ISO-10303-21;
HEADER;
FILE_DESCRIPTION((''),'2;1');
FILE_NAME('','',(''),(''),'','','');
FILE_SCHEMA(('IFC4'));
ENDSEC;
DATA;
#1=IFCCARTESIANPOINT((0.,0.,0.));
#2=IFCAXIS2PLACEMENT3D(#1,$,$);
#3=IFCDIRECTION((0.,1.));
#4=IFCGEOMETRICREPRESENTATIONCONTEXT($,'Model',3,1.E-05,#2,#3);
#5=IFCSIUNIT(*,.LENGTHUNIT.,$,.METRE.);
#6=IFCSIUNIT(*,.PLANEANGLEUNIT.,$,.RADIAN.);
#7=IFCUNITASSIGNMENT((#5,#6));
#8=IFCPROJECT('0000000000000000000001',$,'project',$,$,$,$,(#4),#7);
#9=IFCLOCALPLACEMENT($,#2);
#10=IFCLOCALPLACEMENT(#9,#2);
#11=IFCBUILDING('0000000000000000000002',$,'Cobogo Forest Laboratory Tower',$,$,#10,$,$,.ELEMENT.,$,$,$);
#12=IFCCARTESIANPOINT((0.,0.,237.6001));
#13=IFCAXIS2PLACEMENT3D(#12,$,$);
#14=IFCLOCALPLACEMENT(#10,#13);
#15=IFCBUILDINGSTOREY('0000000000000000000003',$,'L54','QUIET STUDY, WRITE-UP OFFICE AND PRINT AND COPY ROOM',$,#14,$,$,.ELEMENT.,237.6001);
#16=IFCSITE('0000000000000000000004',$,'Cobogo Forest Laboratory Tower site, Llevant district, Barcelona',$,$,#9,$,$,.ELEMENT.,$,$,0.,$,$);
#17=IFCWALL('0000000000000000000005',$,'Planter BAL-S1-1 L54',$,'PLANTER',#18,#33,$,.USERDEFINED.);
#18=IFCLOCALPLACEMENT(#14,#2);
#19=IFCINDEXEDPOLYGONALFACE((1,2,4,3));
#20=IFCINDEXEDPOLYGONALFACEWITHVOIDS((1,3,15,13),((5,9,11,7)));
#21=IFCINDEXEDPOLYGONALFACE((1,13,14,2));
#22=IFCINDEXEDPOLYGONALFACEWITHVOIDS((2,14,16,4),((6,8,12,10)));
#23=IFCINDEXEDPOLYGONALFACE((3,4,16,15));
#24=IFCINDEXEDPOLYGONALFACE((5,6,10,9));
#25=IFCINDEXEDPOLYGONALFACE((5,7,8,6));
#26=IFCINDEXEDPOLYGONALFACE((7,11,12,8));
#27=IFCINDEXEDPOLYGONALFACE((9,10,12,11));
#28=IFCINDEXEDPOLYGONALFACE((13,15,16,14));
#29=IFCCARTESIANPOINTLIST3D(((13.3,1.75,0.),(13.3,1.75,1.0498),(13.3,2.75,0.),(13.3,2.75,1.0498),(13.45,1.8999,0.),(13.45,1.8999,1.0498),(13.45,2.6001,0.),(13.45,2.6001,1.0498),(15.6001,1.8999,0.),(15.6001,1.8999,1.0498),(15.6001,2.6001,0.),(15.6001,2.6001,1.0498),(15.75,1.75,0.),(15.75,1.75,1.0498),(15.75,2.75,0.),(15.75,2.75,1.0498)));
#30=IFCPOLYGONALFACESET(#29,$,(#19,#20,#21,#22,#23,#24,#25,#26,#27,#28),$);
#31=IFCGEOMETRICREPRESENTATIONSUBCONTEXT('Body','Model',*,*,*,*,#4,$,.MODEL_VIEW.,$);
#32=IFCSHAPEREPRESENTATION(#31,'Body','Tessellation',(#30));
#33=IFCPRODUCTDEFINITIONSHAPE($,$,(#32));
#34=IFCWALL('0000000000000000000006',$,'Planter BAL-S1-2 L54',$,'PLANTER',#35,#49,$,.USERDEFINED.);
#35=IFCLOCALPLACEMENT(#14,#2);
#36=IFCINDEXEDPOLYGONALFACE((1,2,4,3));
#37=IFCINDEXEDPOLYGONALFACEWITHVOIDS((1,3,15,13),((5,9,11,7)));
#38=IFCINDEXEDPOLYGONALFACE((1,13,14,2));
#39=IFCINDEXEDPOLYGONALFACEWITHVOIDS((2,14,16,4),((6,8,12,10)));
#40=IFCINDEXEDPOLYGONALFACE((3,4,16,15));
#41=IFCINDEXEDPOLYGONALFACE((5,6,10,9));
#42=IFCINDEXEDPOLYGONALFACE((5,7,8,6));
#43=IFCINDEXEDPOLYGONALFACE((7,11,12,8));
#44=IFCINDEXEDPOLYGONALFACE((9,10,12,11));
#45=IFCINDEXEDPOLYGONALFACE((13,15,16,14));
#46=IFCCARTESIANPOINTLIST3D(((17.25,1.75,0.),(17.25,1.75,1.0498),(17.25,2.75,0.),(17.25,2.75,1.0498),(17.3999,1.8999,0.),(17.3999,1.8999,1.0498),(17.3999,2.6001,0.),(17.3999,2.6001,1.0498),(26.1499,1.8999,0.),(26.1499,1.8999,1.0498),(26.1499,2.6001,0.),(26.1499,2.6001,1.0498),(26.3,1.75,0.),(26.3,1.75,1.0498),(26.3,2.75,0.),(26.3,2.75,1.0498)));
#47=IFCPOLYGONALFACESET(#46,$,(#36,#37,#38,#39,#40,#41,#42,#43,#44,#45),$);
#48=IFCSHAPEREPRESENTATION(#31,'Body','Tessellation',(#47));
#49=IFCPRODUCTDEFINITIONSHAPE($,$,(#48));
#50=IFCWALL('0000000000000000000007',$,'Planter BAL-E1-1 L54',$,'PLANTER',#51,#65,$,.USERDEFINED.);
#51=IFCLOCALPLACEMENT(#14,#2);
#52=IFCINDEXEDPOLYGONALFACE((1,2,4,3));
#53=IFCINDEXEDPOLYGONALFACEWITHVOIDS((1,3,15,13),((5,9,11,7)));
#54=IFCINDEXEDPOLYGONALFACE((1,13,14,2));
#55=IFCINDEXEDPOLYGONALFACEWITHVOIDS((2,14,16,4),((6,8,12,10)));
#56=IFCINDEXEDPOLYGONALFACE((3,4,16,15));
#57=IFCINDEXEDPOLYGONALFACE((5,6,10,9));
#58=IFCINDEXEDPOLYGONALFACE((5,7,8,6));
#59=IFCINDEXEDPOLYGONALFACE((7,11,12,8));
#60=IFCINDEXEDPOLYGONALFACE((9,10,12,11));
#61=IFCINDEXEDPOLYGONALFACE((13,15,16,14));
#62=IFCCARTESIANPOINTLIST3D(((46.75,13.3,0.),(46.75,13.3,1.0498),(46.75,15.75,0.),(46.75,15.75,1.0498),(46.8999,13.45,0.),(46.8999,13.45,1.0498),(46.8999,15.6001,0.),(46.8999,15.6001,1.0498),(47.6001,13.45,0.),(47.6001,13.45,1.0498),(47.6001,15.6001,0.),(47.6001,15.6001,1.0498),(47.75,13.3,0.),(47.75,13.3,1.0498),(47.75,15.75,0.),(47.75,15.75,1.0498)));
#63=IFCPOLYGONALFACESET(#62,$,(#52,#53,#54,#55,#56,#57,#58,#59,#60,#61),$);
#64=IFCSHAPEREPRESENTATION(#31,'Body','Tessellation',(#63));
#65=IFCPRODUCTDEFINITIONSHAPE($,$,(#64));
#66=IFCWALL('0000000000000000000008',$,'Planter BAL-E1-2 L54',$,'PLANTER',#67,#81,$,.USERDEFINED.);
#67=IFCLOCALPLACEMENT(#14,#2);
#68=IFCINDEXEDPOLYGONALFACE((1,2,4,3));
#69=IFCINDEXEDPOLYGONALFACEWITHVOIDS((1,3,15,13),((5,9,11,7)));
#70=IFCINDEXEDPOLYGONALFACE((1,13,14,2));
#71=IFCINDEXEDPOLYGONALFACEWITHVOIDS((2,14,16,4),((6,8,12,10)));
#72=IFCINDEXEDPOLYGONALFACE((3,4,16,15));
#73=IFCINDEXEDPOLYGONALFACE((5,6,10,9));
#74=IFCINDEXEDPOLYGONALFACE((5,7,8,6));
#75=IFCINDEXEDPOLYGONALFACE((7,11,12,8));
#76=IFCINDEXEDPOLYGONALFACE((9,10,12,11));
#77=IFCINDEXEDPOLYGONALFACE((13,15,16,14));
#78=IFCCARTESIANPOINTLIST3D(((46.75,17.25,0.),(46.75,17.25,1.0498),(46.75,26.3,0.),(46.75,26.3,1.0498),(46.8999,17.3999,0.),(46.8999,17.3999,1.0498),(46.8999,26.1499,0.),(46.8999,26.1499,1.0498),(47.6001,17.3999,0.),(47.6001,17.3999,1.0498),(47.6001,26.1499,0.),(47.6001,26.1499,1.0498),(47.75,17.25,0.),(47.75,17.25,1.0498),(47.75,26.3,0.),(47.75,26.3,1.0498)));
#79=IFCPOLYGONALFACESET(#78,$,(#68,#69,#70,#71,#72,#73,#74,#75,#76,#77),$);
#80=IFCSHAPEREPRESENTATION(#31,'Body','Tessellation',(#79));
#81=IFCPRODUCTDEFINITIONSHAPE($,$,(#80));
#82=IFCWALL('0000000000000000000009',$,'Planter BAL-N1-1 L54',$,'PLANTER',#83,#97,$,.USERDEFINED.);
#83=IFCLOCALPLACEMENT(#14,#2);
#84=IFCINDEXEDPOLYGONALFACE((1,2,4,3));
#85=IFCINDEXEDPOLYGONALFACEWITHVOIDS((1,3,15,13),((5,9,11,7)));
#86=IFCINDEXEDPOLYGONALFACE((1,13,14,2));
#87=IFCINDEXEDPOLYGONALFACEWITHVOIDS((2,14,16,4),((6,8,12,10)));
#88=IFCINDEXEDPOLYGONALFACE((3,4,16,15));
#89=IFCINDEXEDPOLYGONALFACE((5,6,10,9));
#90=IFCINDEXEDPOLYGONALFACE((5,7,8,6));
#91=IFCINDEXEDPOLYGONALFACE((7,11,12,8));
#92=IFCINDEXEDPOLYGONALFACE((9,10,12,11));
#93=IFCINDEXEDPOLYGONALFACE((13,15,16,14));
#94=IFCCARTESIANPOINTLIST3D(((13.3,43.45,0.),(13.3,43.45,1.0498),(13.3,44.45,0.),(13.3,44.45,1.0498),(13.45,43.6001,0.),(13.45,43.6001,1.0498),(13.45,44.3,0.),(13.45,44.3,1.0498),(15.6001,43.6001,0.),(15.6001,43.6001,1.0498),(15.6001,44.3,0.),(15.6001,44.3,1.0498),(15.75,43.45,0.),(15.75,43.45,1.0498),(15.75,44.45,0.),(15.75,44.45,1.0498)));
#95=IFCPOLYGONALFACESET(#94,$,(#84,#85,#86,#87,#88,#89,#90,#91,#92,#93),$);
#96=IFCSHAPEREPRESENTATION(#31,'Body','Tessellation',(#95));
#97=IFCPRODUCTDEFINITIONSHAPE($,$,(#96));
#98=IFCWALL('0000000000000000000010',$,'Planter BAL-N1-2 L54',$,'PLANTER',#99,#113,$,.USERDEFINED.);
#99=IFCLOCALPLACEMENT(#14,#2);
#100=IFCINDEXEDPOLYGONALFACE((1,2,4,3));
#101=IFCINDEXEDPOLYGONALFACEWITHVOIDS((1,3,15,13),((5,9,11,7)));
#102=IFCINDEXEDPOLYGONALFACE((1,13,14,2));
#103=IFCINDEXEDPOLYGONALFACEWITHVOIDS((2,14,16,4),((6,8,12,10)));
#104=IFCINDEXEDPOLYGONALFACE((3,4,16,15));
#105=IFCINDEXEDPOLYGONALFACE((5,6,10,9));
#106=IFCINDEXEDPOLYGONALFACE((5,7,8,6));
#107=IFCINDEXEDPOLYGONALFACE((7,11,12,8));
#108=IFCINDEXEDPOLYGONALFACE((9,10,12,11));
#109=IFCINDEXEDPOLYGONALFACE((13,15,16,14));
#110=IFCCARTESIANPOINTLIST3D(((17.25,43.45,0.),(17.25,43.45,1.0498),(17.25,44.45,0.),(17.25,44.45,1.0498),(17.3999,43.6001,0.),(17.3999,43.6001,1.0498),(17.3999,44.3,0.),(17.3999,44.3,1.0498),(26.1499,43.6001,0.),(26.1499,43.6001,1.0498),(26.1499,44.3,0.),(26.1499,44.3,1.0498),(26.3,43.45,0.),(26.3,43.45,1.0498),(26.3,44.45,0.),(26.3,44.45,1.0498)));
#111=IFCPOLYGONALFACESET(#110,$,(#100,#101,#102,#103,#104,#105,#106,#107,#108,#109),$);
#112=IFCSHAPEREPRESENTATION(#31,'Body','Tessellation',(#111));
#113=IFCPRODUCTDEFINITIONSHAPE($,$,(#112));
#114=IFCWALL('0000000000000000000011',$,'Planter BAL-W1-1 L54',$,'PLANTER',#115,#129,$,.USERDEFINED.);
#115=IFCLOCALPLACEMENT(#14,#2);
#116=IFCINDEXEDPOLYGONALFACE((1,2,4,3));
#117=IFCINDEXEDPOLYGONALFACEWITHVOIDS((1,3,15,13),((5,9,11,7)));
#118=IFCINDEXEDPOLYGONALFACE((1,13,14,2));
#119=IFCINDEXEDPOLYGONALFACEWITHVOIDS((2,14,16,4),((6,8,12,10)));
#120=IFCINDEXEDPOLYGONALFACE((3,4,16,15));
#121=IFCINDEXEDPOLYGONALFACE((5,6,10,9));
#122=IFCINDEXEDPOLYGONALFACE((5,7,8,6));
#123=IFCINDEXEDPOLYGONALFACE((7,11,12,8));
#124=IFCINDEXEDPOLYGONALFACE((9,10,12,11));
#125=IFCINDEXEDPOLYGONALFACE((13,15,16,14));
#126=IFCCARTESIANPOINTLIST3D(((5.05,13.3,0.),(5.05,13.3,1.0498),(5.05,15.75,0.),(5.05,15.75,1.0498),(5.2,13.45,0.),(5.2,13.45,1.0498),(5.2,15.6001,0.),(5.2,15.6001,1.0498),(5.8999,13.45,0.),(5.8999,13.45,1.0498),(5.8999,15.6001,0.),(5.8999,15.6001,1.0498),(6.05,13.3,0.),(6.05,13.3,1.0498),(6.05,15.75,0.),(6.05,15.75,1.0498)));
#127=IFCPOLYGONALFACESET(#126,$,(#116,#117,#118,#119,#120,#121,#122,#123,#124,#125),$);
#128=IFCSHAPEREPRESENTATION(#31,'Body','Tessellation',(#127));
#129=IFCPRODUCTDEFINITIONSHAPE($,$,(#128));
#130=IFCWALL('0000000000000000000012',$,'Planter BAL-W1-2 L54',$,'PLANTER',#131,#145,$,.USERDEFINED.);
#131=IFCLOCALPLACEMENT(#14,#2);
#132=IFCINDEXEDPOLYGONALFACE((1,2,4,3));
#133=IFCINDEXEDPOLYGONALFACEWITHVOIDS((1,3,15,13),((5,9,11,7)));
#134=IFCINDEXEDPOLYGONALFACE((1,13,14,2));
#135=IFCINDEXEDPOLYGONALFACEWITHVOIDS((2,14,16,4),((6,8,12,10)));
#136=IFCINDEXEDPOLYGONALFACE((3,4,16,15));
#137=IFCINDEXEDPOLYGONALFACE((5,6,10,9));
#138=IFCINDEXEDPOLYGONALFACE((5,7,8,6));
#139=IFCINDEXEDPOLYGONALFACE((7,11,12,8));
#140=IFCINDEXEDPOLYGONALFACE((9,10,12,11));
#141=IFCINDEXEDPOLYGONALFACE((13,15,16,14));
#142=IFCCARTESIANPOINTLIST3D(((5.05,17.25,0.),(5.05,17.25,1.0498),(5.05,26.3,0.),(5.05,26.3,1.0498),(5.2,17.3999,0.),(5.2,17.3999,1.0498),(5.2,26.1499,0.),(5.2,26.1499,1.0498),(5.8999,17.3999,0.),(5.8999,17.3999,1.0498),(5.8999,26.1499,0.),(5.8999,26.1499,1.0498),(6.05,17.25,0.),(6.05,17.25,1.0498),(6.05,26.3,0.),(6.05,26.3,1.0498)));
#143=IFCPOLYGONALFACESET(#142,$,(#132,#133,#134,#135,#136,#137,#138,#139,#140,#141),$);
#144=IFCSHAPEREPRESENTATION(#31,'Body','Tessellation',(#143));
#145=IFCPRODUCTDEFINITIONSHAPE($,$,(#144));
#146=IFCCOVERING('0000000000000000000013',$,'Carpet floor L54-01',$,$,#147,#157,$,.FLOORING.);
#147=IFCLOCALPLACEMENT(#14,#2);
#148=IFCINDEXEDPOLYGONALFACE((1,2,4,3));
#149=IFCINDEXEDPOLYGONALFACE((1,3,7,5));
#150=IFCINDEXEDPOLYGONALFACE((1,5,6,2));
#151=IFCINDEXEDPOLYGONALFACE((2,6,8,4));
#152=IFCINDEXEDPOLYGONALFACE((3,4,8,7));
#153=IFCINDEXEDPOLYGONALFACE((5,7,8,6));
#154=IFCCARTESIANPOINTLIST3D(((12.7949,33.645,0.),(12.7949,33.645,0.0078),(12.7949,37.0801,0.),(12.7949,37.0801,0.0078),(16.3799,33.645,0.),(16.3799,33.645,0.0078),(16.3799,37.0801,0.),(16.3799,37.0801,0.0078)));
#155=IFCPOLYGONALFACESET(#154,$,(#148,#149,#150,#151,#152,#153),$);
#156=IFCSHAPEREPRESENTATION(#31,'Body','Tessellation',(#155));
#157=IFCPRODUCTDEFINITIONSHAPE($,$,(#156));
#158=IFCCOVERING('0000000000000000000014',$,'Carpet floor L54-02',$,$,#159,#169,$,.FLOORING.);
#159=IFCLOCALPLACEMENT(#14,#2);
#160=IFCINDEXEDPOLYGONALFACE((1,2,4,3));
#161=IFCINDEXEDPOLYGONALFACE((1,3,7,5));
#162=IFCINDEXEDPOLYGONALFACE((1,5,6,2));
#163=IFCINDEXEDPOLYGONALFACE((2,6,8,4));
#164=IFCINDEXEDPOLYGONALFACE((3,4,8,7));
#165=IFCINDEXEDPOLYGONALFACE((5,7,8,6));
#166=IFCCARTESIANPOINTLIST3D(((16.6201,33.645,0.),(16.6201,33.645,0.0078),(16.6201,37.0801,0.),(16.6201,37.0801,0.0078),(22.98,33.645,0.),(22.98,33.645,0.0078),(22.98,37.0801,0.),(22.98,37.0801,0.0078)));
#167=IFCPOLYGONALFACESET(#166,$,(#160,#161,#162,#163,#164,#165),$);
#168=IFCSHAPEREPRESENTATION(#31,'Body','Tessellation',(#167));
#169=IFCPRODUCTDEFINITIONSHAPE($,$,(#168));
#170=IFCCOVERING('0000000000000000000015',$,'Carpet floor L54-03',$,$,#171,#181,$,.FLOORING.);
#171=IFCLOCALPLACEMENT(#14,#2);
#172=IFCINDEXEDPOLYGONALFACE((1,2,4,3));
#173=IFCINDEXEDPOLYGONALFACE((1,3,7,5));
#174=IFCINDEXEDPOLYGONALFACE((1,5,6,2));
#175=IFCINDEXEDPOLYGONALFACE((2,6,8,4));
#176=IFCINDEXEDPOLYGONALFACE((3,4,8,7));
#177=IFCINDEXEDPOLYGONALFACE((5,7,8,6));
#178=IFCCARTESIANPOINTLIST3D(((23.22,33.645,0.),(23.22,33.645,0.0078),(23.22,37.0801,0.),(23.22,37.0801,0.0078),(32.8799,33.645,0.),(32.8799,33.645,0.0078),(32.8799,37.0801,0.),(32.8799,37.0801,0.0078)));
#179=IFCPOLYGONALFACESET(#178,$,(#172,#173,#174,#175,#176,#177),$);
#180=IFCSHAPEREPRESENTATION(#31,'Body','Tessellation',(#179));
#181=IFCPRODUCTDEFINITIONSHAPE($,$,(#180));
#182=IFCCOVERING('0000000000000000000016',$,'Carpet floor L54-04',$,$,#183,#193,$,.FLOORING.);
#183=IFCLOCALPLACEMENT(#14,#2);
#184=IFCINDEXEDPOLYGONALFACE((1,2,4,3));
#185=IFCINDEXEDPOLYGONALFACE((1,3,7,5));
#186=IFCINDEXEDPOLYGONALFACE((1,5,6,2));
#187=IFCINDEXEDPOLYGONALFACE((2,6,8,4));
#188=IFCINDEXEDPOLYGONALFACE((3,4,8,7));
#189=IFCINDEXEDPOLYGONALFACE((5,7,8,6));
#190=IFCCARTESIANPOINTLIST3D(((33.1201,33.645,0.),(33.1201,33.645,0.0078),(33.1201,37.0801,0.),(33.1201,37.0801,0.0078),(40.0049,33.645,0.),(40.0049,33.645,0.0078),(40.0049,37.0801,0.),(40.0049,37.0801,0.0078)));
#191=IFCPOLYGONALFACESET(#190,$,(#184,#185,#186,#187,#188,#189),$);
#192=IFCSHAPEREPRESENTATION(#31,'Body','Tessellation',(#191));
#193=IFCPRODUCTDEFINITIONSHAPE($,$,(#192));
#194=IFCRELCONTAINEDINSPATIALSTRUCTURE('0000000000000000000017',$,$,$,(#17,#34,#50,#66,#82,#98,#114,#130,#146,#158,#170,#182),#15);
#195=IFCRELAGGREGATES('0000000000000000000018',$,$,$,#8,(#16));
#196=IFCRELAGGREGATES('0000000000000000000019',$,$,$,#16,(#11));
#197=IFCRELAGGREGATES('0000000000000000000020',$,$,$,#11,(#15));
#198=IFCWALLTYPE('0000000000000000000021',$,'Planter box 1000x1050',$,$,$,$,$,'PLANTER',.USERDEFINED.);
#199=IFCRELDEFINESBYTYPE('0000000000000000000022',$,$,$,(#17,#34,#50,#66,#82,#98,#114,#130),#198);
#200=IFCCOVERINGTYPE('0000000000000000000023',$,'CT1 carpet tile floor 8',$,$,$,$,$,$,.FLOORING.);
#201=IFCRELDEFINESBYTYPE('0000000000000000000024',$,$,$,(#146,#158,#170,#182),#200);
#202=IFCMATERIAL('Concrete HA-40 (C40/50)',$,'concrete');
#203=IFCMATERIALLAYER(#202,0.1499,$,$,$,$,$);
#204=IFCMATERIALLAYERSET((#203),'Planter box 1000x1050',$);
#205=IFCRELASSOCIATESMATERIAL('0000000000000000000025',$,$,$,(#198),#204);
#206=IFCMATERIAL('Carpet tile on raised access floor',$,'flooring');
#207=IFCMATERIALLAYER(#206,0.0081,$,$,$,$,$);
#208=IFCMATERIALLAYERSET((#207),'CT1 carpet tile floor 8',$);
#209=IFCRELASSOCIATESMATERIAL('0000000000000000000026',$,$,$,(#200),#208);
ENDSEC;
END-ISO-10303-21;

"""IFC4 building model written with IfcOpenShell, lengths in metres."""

from ifc_helpers import new_model, si_unit, direction, frame, origin, place, context, subcontext, project, spatial, polyline, outline, extrude, material, layer, layer_set, type_object, element, save


model = new_model("IFC4")

# Units and contexts
model_context = context("Model", 3, precision=1e-05, world=origin(), true_north=direction((0.0, 1.0)))
body_context = subcontext(model_context, "Body", "Model", "MODEL_VIEW")
ifc_project = project(units=[si_unit("LENGTHUNIT", "METRE"), si_unit("PLANEANGLEUNIT", "RADIAN")], contexts=[model_context])

# Site, building, storey
site_placement = place(None, origin())
site = spatial("IfcSite", under=ifc_project, at=site_placement, Name="Cobogo Forest Laboratory Tower site, Llevant district, Barcelona", CompositionType="ELEMENT", RefElevation=0.0)
building_placement = place(site_placement, origin())
building = spatial("IfcBuilding", under=site, at=building_placement, Name="Cobogo Forest Laboratory Tower", CompositionType="ELEMENT")
storey_placement = place(building_placement, frame((0.0, 0.0, 237.6001)))
storey = spatial("IfcBuildingStorey", under=building, at=storey_placement, Name="L54", Description="QUIET STUDY, WRITE-UP OFFICE AND PRINT AND COPY ROOM", CompositionType="ELEMENT", Elevation=237.6001)

# Shared definitions
ifc_material_1 = material(Name="Concrete HA-40 (C40/50)", Category="concrete")

# Walls
ifc_layer_1 = layer(ifc_material_1, 0.1499)
ifc_layer_set_1 = layer_set([ifc_layer_1], Name="Planter box 1000x1050")
wall_type = type_object("IfcWallType", Name="Planter box 1000x1050", ElementType="PLANTER", PredefinedType="USERDEFINED", material=ifc_layer_set_1)
wall_1_placement = place(storey_placement, origin())
element("IfcWall", 1, at=wall_1_placement, inside=storey, type_object=wall_type, Name="Planter BAL-S1-1 L54", ObjectType="PLANTER", PredefinedType="USERDEFINED", context=body_context, shape_type="SweptSolid", body=[
    extrude(outline(polyline([(13.3, 1.75), (15.75, 1.75), (15.75, 2.75), (13.3, 2.75), (13.3, 1.75)]), holes=[polyline([(13.45, 1.8999), (15.6001, 1.8999), (15.6001, 2.6001), (13.45, 2.6001), (13.45, 1.8999)])]), origin(), (0.0, 0.0, 1.0), 1.0498),
])
wall_2_placement = place(storey_placement, origin())
element("IfcWall", 2, at=wall_2_placement, inside=storey, type_object=wall_type, Name="Planter BAL-S1-2 L54", ObjectType="PLANTER", PredefinedType="USERDEFINED", context=body_context, shape_type="SweptSolid", body=[
    extrude(outline(polyline([(17.25, 1.75), (26.3, 1.75), (26.3, 2.75), (17.25, 2.75), (17.25, 1.75)]), holes=[polyline([(17.3999, 1.8999), (26.1499, 1.8999), (26.1499, 2.6001), (17.3999, 2.6001), (17.3999, 1.8999)])]), origin(), (0.0, 0.0, 1.0), 1.0498),
])
wall_3_placement = place(storey_placement, origin())
element("IfcWall", 3, at=wall_3_placement, inside=storey, type_object=wall_type, Name="Planter BAL-E1-1 L54", ObjectType="PLANTER", PredefinedType="USERDEFINED", context=body_context, shape_type="SweptSolid", body=[
    extrude(outline(polyline([(46.75, 13.3), (47.75, 13.3), (47.75, 15.75), (46.75, 15.75), (46.75, 13.3)]), holes=[polyline([(46.8999, 13.45), (47.6001, 13.45), (47.6001, 15.6001), (46.8999, 15.6001), (46.8999, 13.45)])]), origin(), (0.0, 0.0, 1.0), 1.0498),
])
wall_4_placement = place(storey_placement, origin())
element("IfcWall", 4, at=wall_4_placement, inside=storey, type_object=wall_type, Name="Planter BAL-E1-2 L54", ObjectType="PLANTER", PredefinedType="USERDEFINED", context=body_context, shape_type="SweptSolid", body=[
    extrude(outline(polyline([(46.75, 17.25), (47.75, 17.25), (47.75, 26.3), (46.75, 26.3), (46.75, 17.25)]), holes=[polyline([(46.8999, 17.3999), (47.6001, 17.3999), (47.6001, 26.1499), (46.8999, 26.1499), (46.8999, 17.3999)])]), origin(), (0.0, 0.0, 1.0), 1.0498),
])
wall_5_placement = place(storey_placement, origin())
element("IfcWall", 5, at=wall_5_placement, inside=storey, type_object=wall_type, Name="Planter BAL-N1-1 L54", ObjectType="PLANTER", PredefinedType="USERDEFINED", context=body_context, shape_type="SweptSolid", body=[
    extrude(outline(polyline([(13.3, 43.45), (15.75, 43.45), (15.75, 44.45), (13.3, 44.45), (13.3, 43.45)]), holes=[polyline([(13.45, 43.6001), (15.6001, 43.6001), (15.6001, 44.3), (13.45, 44.3), (13.45, 43.6001)])]), origin(), (0.0, 0.0, 1.0), 1.0498),
])
wall_6_placement = place(storey_placement, origin())
element("IfcWall", 6, at=wall_6_placement, inside=storey, type_object=wall_type, Name="Planter BAL-N1-2 L54", ObjectType="PLANTER", PredefinedType="USERDEFINED", context=body_context, shape_type="SweptSolid", body=[
    extrude(outline(polyline([(17.25, 43.45), (26.3, 43.45), (26.3, 44.45), (17.25, 44.45), (17.25, 43.45)]), holes=[polyline([(17.3999, 43.6001), (26.1499, 43.6001), (26.1499, 44.3), (17.3999, 44.3), (17.3999, 43.6001)])]), origin(), (0.0, 0.0, 1.0), 1.0498),
])
wall_7_placement = place(storey_placement, origin())
element("IfcWall", 7, at=wall_7_placement, inside=storey, type_object=wall_type, Name="Planter BAL-W1-1 L54", ObjectType="PLANTER", PredefinedType="USERDEFINED", context=body_context, shape_type="SweptSolid", body=[
    extrude(outline(polyline([(5.05, 13.3), (6.05, 13.3), (6.05, 15.75), (5.05, 15.75), (5.05, 13.3)]), holes=[polyline([(5.2, 13.45), (5.8999, 13.45), (5.8999, 15.6001), (5.2, 15.6001), (5.2, 13.45)])]), origin(), (0.0, 0.0, 1.0), 1.0498),
])
wall_8_placement = place(storey_placement, origin())
element("IfcWall", 8, at=wall_8_placement, inside=storey, type_object=wall_type, Name="Planter BAL-W1-2 L54", ObjectType="PLANTER", PredefinedType="USERDEFINED", context=body_context, shape_type="SweptSolid", body=[
    extrude(outline(polyline([(5.05, 17.25), (6.05, 17.25), (6.05, 26.3), (5.05, 26.3), (5.05, 17.25)]), holes=[polyline([(5.2, 17.3999), (5.8999, 17.3999), (5.8999, 26.1499), (5.2, 26.1499), (5.2, 17.3999)])]), origin(), (0.0, 0.0, 1.0), 1.0498),
])

# Coverings
ifc_material_2 = material(Name="Carpet tile on raised access floor", Category="flooring")
ifc_layer_2 = layer(ifc_material_2, 0.0081)
ifc_layer_set_2 = layer_set([ifc_layer_2], Name="CT1 carpet tile floor 8")
covering_type = type_object("IfcCoveringType", Name="CT1 carpet tile floor 8", PredefinedType="FLOORING", material=ifc_layer_set_2)
covering_1_placement = place(storey_placement, origin())
element("IfcCovering", 9, at=covering_1_placement, inside=storey, type_object=covering_type, Name="Carpet floor L54-01", PredefinedType="FLOORING", context=body_context, shape_type="SweptSolid", body=[
    extrude(outline(polyline([(16.3799, 33.645), (12.7949, 33.645), (12.7949, 37.0801), (16.3799, 37.0801), (16.3799, 33.645)])), origin(), (0.0, 0.0, 1.0), 0.0078),
])
covering_2_placement = place(storey_placement, origin())
element("IfcCovering", 10, at=covering_2_placement, inside=storey, type_object=covering_type, Name="Carpet floor L54-02", PredefinedType="FLOORING", context=body_context, shape_type="SweptSolid", body=[
    extrude(outline(polyline([(22.98, 33.645), (16.6201, 33.645), (16.6201, 37.0801), (22.98, 37.0801), (22.98, 33.645)])), origin(), (0.0, 0.0, 1.0), 0.0078),
])
covering_3_placement = place(storey_placement, origin())
element("IfcCovering", 11, at=covering_3_placement, inside=storey, type_object=covering_type, Name="Carpet floor L54-03", PredefinedType="FLOORING", context=body_context, shape_type="SweptSolid", body=[
    extrude(outline(polyline([(32.8799, 33.645), (23.22, 33.645), (23.22, 37.0801), (32.8799, 37.0801), (32.8799, 33.645)])), origin(), (0.0, 0.0, 1.0), 0.0078),
])
covering_4_placement = place(storey_placement, origin())
element("IfcCovering", 12, at=covering_4_placement, inside=storey, type_object=covering_type, Name="Carpet floor L54-04", PredefinedType="FLOORING", context=body_context, shape_type="SweptSolid", body=[
    extrude(outline(polyline([(40.0049, 33.645), (33.1201, 33.645), (33.1201, 37.0801), (40.0049, 37.0801), (40.0049, 33.645)])), origin(), (0.0, 0.0, 1.0), 0.0078),
])

save(model, "model.ifc")
